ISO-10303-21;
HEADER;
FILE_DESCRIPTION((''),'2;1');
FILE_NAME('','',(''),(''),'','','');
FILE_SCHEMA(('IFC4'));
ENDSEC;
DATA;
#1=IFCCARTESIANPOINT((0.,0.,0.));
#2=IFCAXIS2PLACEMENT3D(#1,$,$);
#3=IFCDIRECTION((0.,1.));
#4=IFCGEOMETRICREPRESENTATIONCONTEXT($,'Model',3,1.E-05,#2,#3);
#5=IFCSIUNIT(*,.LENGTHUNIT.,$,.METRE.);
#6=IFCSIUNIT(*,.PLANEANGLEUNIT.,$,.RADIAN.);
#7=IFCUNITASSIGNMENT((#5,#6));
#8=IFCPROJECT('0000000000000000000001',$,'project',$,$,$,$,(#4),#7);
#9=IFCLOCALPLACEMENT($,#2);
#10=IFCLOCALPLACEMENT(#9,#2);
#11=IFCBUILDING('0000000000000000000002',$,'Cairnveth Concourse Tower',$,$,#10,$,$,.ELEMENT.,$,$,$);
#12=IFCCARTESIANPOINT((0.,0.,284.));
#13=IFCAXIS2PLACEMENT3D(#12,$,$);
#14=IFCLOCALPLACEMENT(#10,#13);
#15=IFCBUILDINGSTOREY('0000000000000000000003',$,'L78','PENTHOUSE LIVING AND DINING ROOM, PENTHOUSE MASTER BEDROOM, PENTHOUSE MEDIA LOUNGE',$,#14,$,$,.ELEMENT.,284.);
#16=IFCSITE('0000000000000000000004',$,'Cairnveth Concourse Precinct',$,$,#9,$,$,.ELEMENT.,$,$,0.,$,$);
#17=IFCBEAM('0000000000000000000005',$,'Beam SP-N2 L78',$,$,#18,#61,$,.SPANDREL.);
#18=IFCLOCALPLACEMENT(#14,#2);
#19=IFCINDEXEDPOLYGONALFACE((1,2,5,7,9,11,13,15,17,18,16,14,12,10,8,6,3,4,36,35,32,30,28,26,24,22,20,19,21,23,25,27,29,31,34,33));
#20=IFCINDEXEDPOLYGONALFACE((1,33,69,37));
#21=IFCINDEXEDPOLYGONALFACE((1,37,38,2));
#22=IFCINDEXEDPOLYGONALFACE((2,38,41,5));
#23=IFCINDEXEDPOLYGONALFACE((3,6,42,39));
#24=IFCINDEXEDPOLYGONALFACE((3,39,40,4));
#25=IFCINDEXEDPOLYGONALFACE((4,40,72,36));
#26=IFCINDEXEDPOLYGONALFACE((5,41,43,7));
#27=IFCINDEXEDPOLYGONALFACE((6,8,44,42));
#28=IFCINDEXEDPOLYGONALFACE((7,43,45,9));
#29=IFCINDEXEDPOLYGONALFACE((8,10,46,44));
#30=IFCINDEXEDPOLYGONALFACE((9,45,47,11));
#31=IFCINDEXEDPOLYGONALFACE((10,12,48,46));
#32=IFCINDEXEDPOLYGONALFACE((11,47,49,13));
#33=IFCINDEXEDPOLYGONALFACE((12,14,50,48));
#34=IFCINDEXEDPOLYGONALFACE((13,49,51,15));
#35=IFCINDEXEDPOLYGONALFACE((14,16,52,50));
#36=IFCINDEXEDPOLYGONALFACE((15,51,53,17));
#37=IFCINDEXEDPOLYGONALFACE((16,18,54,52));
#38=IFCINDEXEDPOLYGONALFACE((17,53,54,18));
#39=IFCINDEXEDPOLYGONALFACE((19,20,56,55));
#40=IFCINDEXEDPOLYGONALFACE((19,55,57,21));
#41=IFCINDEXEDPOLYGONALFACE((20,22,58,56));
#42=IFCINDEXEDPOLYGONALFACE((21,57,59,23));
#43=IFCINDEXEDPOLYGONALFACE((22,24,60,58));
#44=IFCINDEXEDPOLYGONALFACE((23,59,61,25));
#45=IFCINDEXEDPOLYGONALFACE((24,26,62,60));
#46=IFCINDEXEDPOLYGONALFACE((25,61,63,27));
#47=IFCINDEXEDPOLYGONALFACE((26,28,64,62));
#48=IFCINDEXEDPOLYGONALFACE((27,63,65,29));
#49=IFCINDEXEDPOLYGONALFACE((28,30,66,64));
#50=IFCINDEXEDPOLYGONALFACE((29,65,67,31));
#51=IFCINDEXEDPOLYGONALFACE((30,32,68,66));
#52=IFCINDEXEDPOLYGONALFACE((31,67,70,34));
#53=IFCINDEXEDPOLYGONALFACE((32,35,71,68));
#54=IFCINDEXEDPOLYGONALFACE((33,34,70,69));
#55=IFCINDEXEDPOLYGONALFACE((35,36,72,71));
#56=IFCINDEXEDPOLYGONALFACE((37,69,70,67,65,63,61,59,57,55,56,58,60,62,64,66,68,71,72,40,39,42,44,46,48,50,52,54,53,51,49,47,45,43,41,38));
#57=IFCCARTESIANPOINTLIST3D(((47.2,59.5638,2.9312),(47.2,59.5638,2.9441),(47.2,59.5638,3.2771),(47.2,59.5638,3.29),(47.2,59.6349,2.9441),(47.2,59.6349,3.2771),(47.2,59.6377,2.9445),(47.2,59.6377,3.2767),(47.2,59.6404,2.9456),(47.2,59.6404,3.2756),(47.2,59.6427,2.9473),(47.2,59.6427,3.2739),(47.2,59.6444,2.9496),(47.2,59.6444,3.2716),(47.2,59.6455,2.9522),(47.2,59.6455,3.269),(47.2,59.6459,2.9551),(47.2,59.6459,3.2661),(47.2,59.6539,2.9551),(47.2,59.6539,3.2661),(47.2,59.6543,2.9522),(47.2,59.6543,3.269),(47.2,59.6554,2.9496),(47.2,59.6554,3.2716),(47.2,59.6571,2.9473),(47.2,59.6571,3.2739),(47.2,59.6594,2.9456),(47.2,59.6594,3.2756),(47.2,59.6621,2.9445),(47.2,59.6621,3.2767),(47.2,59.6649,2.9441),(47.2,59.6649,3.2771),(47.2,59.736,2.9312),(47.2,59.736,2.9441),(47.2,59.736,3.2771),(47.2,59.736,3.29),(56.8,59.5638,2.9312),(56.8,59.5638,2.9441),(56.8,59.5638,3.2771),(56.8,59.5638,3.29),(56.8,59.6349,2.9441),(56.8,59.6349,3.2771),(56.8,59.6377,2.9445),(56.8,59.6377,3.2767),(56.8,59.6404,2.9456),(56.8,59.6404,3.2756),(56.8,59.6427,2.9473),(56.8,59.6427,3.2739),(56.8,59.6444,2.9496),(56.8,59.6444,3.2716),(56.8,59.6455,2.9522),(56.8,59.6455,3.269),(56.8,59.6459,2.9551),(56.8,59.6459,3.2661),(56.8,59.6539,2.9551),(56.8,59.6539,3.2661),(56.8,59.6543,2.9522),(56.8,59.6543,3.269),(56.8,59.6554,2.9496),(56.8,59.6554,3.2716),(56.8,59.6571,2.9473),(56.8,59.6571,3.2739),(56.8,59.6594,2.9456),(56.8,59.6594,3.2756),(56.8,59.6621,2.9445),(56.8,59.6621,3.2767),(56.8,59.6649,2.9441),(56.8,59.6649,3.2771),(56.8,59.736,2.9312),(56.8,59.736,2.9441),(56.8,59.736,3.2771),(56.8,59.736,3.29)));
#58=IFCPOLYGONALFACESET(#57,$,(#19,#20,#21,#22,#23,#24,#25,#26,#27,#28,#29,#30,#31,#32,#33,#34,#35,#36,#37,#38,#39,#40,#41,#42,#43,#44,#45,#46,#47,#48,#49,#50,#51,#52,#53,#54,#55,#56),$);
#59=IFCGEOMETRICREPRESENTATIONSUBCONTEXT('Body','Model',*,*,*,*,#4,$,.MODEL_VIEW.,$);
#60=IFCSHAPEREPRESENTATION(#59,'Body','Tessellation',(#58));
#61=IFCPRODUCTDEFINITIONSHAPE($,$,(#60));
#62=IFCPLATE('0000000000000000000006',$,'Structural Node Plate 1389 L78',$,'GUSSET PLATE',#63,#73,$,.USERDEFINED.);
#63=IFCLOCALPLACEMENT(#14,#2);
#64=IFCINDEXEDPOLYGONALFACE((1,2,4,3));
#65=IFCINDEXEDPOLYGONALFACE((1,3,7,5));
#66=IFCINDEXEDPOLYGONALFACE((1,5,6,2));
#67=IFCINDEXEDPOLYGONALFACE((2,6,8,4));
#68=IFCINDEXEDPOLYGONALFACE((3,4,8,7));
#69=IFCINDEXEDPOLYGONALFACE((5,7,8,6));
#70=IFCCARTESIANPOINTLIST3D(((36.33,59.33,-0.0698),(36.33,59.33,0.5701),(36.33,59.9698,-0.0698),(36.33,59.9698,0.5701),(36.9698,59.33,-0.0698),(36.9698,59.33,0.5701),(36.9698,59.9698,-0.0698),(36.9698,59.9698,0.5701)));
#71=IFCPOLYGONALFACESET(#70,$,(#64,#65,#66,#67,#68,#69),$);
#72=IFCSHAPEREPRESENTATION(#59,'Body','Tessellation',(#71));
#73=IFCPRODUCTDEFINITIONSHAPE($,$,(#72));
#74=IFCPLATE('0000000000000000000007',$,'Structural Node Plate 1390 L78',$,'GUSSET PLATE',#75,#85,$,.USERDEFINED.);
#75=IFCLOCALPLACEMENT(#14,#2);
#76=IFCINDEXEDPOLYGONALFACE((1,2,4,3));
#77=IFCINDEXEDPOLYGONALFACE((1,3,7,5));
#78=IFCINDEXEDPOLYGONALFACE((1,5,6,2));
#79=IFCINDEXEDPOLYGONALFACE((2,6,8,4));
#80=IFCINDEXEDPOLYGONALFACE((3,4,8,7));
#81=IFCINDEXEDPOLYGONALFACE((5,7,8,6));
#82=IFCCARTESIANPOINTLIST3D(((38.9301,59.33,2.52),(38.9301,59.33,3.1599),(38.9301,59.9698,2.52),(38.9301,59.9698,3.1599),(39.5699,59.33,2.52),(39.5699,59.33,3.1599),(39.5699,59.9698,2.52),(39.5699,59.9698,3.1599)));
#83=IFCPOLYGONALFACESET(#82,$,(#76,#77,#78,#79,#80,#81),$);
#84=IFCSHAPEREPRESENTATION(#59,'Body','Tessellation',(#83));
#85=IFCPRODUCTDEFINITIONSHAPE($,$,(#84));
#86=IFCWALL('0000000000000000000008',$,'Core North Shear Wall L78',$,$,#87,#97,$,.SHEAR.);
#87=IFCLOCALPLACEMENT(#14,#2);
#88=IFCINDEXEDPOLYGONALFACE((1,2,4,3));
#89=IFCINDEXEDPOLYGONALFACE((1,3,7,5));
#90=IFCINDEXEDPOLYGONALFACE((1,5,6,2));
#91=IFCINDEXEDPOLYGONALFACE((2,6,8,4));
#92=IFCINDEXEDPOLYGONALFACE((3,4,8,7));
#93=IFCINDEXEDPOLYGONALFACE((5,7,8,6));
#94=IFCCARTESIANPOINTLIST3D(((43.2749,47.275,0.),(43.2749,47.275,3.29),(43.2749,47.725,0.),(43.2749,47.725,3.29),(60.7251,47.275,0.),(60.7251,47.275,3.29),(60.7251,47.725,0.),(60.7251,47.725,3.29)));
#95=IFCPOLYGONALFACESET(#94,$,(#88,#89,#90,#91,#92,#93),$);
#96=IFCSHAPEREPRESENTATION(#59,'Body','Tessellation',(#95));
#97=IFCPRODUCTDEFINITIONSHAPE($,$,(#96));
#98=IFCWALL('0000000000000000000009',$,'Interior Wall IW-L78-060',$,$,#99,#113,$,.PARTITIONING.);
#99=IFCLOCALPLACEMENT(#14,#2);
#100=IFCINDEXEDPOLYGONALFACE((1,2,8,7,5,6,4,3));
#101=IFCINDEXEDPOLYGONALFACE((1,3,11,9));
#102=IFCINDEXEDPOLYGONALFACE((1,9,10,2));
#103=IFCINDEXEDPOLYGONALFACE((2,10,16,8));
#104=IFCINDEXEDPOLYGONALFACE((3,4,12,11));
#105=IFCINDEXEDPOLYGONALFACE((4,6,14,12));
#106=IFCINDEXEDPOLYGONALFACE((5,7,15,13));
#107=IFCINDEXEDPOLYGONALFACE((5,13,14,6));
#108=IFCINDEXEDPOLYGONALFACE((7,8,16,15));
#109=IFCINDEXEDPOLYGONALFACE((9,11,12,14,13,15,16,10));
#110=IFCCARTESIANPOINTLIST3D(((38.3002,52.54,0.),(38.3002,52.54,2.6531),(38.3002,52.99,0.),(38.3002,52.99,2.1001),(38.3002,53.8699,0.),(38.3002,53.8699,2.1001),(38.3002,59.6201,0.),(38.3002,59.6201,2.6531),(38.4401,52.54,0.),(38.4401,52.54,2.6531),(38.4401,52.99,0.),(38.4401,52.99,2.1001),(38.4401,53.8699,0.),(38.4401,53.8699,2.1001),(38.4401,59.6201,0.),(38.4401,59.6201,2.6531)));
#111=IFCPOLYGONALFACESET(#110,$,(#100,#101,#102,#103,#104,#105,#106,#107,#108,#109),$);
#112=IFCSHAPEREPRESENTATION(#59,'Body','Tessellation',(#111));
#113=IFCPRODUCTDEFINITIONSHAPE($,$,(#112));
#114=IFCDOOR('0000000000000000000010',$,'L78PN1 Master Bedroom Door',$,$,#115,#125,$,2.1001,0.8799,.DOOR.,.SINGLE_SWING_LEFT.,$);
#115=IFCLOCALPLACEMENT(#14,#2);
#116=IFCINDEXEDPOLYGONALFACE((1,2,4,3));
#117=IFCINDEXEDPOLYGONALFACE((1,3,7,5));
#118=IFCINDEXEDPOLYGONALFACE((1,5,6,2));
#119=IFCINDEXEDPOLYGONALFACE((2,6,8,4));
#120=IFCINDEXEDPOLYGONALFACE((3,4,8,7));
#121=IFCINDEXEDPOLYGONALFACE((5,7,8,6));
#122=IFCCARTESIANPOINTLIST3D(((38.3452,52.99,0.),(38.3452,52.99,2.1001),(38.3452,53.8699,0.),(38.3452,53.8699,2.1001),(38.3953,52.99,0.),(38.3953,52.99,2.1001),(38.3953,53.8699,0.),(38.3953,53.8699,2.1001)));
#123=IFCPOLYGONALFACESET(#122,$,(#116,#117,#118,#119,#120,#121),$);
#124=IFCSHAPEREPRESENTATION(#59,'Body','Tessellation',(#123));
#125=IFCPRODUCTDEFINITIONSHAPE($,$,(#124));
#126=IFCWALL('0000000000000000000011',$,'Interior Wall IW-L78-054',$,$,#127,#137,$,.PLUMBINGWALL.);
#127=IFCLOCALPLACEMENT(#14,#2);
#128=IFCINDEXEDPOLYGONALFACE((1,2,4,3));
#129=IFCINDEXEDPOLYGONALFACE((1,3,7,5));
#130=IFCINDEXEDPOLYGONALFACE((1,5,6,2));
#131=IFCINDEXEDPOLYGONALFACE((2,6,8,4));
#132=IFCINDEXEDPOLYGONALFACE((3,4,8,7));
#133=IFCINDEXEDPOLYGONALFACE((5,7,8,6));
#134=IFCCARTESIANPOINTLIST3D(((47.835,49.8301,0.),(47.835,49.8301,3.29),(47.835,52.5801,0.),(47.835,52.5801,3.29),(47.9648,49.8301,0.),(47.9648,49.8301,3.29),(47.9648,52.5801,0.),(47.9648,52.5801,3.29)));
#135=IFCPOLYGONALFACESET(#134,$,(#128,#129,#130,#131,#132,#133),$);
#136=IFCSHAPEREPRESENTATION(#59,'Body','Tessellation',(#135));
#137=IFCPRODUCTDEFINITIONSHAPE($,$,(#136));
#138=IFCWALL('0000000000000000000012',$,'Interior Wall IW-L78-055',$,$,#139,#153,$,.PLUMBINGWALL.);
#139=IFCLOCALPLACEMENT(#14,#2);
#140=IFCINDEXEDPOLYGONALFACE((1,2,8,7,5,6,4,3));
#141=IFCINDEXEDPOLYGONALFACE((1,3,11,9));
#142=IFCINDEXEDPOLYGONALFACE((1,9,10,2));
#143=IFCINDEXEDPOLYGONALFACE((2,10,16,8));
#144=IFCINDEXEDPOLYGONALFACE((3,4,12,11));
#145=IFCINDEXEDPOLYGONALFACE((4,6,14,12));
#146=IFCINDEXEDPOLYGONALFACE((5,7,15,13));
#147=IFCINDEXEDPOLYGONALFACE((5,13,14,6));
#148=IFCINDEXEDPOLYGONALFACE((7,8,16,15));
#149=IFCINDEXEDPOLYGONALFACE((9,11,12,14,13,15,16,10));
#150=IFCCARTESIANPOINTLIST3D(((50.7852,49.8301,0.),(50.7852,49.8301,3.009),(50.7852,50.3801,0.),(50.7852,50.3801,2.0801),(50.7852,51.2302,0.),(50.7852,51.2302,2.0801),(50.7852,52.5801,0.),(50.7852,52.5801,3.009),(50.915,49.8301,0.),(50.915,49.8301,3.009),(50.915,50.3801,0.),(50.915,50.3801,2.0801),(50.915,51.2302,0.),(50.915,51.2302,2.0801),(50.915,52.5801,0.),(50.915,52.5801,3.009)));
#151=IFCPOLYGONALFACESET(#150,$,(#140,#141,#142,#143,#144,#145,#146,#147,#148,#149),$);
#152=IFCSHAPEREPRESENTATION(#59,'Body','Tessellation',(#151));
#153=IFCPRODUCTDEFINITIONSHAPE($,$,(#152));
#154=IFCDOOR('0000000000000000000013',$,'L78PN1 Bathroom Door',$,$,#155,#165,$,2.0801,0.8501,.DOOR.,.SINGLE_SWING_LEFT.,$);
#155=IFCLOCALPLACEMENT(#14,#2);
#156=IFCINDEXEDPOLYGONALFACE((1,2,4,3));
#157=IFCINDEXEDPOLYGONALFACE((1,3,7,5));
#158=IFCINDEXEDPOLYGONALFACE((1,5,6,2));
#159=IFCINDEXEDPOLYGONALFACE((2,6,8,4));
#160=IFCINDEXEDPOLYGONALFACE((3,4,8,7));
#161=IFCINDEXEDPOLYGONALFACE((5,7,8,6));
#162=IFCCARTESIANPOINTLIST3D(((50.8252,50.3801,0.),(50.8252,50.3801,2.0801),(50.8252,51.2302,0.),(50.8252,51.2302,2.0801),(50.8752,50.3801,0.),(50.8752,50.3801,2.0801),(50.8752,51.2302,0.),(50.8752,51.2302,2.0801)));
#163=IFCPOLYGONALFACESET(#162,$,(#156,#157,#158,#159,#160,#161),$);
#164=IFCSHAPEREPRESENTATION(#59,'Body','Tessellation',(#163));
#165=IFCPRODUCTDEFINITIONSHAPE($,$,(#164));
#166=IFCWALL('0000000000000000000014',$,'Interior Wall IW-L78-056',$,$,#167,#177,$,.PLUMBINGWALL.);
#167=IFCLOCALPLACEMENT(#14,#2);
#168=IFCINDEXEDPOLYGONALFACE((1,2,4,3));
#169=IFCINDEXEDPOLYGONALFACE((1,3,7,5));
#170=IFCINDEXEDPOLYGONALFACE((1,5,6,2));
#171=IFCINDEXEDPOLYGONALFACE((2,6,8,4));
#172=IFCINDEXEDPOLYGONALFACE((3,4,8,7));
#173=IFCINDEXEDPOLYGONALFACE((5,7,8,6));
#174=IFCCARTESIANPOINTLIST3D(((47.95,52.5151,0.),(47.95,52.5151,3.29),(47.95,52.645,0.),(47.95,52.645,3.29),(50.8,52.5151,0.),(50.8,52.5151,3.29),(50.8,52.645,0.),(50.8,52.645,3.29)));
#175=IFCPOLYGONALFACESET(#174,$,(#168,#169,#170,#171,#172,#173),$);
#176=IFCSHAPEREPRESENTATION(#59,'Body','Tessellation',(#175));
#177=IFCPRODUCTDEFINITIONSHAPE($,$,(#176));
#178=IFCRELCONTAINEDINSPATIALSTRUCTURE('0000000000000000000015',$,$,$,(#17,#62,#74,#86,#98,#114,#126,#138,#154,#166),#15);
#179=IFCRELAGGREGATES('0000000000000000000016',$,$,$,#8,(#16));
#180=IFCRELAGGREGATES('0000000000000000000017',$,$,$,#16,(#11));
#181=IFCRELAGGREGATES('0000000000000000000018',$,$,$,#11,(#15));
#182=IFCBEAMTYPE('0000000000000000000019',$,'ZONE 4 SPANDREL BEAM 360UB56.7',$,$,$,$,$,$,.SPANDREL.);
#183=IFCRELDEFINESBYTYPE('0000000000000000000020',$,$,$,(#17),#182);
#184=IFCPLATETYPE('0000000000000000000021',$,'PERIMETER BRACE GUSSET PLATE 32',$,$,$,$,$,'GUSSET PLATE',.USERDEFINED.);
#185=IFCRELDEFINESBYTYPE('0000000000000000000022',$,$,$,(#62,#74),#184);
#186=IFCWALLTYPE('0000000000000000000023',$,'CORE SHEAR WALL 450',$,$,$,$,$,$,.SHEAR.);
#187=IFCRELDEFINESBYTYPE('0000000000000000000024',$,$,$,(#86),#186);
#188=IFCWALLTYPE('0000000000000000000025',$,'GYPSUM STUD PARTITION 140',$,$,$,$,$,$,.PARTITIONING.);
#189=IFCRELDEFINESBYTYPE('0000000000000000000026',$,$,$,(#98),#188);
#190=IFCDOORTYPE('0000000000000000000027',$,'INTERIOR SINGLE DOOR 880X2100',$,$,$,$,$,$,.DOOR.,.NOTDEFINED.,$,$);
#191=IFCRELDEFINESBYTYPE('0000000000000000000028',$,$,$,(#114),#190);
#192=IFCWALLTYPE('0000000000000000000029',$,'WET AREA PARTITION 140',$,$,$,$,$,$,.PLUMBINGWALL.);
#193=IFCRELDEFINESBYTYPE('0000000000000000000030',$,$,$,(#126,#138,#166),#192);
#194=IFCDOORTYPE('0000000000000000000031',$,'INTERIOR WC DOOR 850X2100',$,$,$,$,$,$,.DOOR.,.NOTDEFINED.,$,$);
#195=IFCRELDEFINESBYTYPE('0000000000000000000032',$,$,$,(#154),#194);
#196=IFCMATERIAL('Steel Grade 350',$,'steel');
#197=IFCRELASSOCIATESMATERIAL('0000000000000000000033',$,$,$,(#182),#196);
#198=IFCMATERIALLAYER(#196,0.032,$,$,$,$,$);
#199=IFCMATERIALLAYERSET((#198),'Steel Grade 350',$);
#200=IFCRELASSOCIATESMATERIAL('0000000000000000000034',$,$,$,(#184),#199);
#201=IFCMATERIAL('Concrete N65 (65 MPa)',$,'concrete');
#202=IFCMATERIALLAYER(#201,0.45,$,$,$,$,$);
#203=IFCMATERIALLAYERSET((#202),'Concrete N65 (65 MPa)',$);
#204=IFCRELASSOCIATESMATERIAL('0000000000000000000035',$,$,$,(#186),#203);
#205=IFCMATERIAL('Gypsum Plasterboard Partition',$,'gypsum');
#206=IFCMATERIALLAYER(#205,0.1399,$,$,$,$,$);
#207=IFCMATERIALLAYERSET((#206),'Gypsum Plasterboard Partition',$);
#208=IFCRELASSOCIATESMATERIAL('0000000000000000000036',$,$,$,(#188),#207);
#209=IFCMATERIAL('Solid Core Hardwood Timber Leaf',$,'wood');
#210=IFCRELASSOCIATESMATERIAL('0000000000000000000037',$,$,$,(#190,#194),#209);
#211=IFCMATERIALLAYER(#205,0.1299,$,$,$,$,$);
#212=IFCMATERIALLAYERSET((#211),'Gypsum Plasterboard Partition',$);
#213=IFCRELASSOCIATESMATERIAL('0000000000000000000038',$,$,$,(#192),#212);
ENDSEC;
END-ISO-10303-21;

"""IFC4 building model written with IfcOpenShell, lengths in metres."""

from ifc_helpers import new_model, si_unit, direction, frame, frame_2d, origin, origin_2d, place, context, subcontext, project, spatial, rectangle, i_section, extrude, material, layer, layer_set, material_profile, profile_set, type_object, element, fill, save


model = new_model("IFC4")

# Units and contexts
model_context = context("Model", 3, precision=1e-05, world=origin(), true_north=direction((0.0, 1.0)))
body_context = subcontext(model_context, "Body", "Model", "MODEL_VIEW")
ifc_project = project(units=[si_unit("LENGTHUNIT", "METRE"), si_unit("PLANEANGLEUNIT", "RADIAN")], contexts=[model_context])

# Site, building, storey
site_placement = place(None, origin())
site = spatial("IfcSite", under=ifc_project, at=site_placement, Name="Cairnveth Concourse Precinct", CompositionType="ELEMENT", RefElevation=0.0)
building_placement = place(site_placement, origin())
building = spatial("IfcBuilding", under=site, at=building_placement, Name="Cairnveth Concourse Tower", CompositionType="ELEMENT")
storey_placement = place(building_placement, frame((0.0, 0.0, 284.0)))
storey = spatial("IfcBuildingStorey", under=building, at=storey_placement, Name="L78", Description="PENTHOUSE LIVING AND DINING ROOM, PENTHOUSE MASTER BEDROOM, PENTHOUSE MEDIA LOUNGE", CompositionType="ELEMENT", Elevation=284.0)

# Shared definitions
ifc_material_1 = material(Name="Steel Grade 350", Category="steel")

# Beam
ifc_material_profile_1 = material_profile(ifc_material_1, i_section(OverallWidth=0.1721, OverallDepth=0.3589, WebThickness=0.0081, FlangeThickness=0.0129, FilletRadius=0.011, at=origin_2d()), Name="360UB56.7")
ifc_profile_set_1 = profile_set([ifc_material_profile_1], Name="Steel Grade 350")
beam_type_1 = type_object("IfcBeamType", Name="ZONE 4 SPANDREL BEAM 360UB56.7", PredefinedType="SPANDREL", material=ifc_profile_set_1)
beam_1_placement = place(storey_placement, frame((47.2, 59.6499, 3.1106), z_axis=(1.0, 0.0, 0.0), x_axis=(0.0, 1.0, 0.0)))
element("IfcBeam", 1, at=beam_1_placement, inside=storey, type_object=beam_type_1, Name="Beam SP-N2 L78", PredefinedType="SPANDREL", context=body_context, shape_type="SweptSolid", body=[
    extrude(i_section(OverallWidth=0.1721, OverallDepth=0.3589, WebThickness=0.0081, FlangeThickness=0.0129, FilletRadius=0.011, at=origin_2d()), origin(), (0.0, 0.0, 1.0), 9.6001),
])

# Plates
ifc_layer_1 = layer(ifc_material_1, 0.032)
ifc_layer_set_1 = layer_set([ifc_layer_1], Name="Steel Grade 350")
plate_type = type_object("IfcPlateType", Name="PERIMETER BRACE GUSSET PLATE 32", ElementType="GUSSET PLATE", PredefinedType="USERDEFINED", material=ifc_layer_set_1)
for number, where, z_axis, x_axis, name in (
    (2, (36.6499, 59.6499, -0.0698), (0.0, 0.0, 1.0), (1.0, 0.0, 0.0), "Structural Node Plate 1389 L78"),
    (3, (39.25, 59.6499, 2.52), (0.0, 0.0, 1.0), (1.0, 0.0, 0.0), "Structural Node Plate 1390 L78"),
):
    element("IfcPlate", number, at=place(storey_placement, frame(where, z_axis=z_axis, x_axis=x_axis)), inside=storey, type_object=plate_type, Name=name, ObjectType="GUSSET PLATE", PredefinedType="USERDEFINED", context=body_context, shape_type="SweptSolid", body=[
        extrude(rectangle(XDim=0.6399, YDim=0.6399, at=origin_2d()), origin(), (0.0, 0.0, 1.0), 0.6399),
    ])

# Wall
ifc_material_2 = material(Name="Concrete N65 (65 MPa)", Category="concrete")
ifc_layer_2 = layer(ifc_material_2, 0.45)
ifc_layer_set_2 = layer_set([ifc_layer_2], Name="Concrete N65 (65 MPa)")
wall_type_1 = type_object("IfcWallType", Name="CORE SHEAR WALL 450", PredefinedType="SHEAR", material=ifc_layer_set_2)
wall_1_placement = place(storey_placement, frame((43.2749, 47.5, 0.0), z_axis=(0.0, 0.0, 1.0), x_axis=(1.0, 0.0, 0.0)))
element("IfcWall", 4, at=wall_1_placement, inside=storey, type_object=wall_type_1, Name="Core North Shear Wall L78", PredefinedType="SHEAR", context=body_context, shape_type="SweptSolid", body=[
    extrude(rectangle(XDim=17.4502, YDim=0.45, at=frame_2d((8.7251, 0.0))), origin(), (0.0, 0.0, 1.0), 3.29),
])

# Wall, opening, door
ifc_material_3 = material(Name="Gypsum Plasterboard Partition", Category="gypsum")
ifc_layer_3 = layer(ifc_material_3, 0.1399)
ifc_layer_set_3 = layer_set([ifc_layer_3], Name="Gypsum Plasterboard Partition")
wall_type_2 = type_object("IfcWallType", Name="GYPSUM STUD PARTITION 140", PredefinedType="PARTITIONING", material=ifc_layer_set_3)
wall_2_placement = place(storey_placement, frame((38.3701, 52.54, 0.0), z_axis=(0.0, 0.0, 1.0), x_axis=(0.0, 1.0, 0.0)))
wall_2 = element("IfcWall", 5, at=wall_2_placement, inside=storey, type_object=wall_type_2, Name="Interior Wall IW-L78-060", PredefinedType="PARTITIONING", context=body_context, shape_type="SweptSolid", body=[
    extrude(rectangle(XDim=7.0801, YDim=0.1399, at=frame_2d((3.54, 0.0))), origin(), (0.0, 0.0, 1.0), 2.6531),
])
opening_1_placement = place(wall_2_placement, frame((0.45, 0.0, 0.0)))
opening_1 = element("IfcOpeningElement", 6, at=opening_1_placement, cuts=wall_2, PredefinedType="OPENING", context=body_context, shape_type="SweptSolid", body=[
    extrude(rectangle(XDim=0.8799, YDim=2.1001, at=frame_2d((0.4399, 1.05))), frame((0.0, 0.0798, 0.0), z_axis=(0.0, -1.0, 0.0), x_axis=(1.0, 0.0, 0.0)), (0.0, 0.0, 1.0), 0.1599),
])
ifc_material_4 = material(Name="Solid Core Hardwood Timber Leaf", Category="wood")
door_type_1 = type_object("IfcDoorType", Name="INTERIOR SINGLE DOOR 880X2100", OperationType="NOTDEFINED", PredefinedType="DOOR", material=ifc_material_4)
door_1_placement = place(opening_1_placement, origin())
door_1 = element("IfcDoor", 7, at=door_1_placement, inside=storey, type_object=door_type_1, Name="L78PN1 Master Bedroom Door", OperationType="SINGLE_SWING_LEFT", OverallHeight=2.1001, OverallWidth=0.8799, PredefinedType="DOOR", context=body_context, shape_type="SweptSolid", body=[
    extrude(rectangle(XDim=0.8799, YDim=2.1001, at=frame_2d((0.4399, 1.05))), frame((0.0, 0.0249, 0.0), z_axis=(0.0, -1.0, 0.0), x_axis=(1.0, 0.0, 0.0)), (0.0, 0.0, 1.0), 0.05),
])
fill(opening_1, door_1)

# Wall
ifc_layer_4 = layer(ifc_material_3, 0.1299)
ifc_layer_set_4 = layer_set([ifc_layer_4], Name="Gypsum Plasterboard Partition")
wall_type_3 = type_object("IfcWallType", Name="WET AREA PARTITION 140", PredefinedType="PLUMBINGWALL", material=ifc_layer_set_4)
wall_3_placement = place(storey_placement, frame((47.8999, 49.8301, 0.0), z_axis=(0.0, 0.0, 1.0), x_axis=(0.0, 1.0, 0.0)))
element("IfcWall", 8, at=wall_3_placement, inside=storey, type_object=wall_type_3, Name="Interior Wall IW-L78-054", PredefinedType="PLUMBINGWALL", context=body_context, shape_type="SweptSolid", body=[
    extrude(rectangle(XDim=2.75, YDim=0.1299, at=frame_2d((1.375, 0.0))), origin(), (0.0, 0.0, 1.0), 3.29),
])

# Wall, opening, door
wall_4_placement = place(storey_placement, frame((50.8501, 49.8301, 0.0), z_axis=(0.0, 0.0, 1.0), x_axis=(0.0, 1.0, 0.0)))
wall_4 = element("IfcWall", 9, at=wall_4_placement, inside=storey, type_object=wall_type_3, Name="Interior Wall IW-L78-055", PredefinedType="PLUMBINGWALL", context=body_context, shape_type="SweptSolid", body=[
    extrude(rectangle(XDim=2.75, YDim=0.1299, at=frame_2d((1.375, 0.0))), origin(), (0.0, 0.0, 1.0), 3.009),
])
opening_2_placement = place(wall_4_placement, frame((0.55, 0.0, 0.0)))
opening_2 = element("IfcOpeningElement", 10, at=opening_2_placement, cuts=wall_4, PredefinedType="OPENING", context=body_context, shape_type="SweptSolid", body=[
    extrude(rectangle(XDim=0.8501, YDim=2.0801, at=frame_2d((0.425, 1.04))), frame((0.0, 0.075, 0.0), z_axis=(0.0, -1.0, 0.0), x_axis=(1.0, 0.0, 0.0)), (0.0, 0.0, 1.0), 0.1499),
])
door_type_2 = type_object("IfcDoorType", Name="INTERIOR WC DOOR 850X2100", OperationType="NOTDEFINED", PredefinedType="DOOR", material=ifc_material_4)
door_2_placement = place(opening_2_placement, origin())
door_2 = element("IfcDoor", 11, at=door_2_placement, inside=storey, type_object=door_type_2, Name="L78PN1 Bathroom Door", OperationType="SINGLE_SWING_LEFT", OverallHeight=2.0801, OverallWidth=0.8501, PredefinedType="DOOR", context=body_context, shape_type="SweptSolid", body=[
    extrude(rectangle(XDim=0.8501, YDim=2.0801, at=frame_2d((0.425, 1.04))), frame((0.0, 0.0249, 0.0), z_axis=(0.0, -1.0, 0.0), x_axis=(1.0, 0.0, 0.0)), (0.0, 0.0, 1.0), 0.05),
])
fill(opening_2, door_2)

# Wall
wall_5_placement = place(storey_placement, frame((47.95, 52.5801, 0.0), z_axis=(0.0, 0.0, 1.0), x_axis=(1.0, 0.0, 0.0)))
element("IfcWall", 12, at=wall_5_placement, inside=storey, type_object=wall_type_3, Name="Interior Wall IW-L78-056", PredefinedType="PLUMBINGWALL", context=body_context, shape_type="SweptSolid", body=[
    extrude(rectangle(XDim=2.8501, YDim=0.1299, at=frame_2d((1.425, 0.0))), origin(), (0.0, 0.0, 1.0), 3.29),
])

save(model, "model.ifc")
